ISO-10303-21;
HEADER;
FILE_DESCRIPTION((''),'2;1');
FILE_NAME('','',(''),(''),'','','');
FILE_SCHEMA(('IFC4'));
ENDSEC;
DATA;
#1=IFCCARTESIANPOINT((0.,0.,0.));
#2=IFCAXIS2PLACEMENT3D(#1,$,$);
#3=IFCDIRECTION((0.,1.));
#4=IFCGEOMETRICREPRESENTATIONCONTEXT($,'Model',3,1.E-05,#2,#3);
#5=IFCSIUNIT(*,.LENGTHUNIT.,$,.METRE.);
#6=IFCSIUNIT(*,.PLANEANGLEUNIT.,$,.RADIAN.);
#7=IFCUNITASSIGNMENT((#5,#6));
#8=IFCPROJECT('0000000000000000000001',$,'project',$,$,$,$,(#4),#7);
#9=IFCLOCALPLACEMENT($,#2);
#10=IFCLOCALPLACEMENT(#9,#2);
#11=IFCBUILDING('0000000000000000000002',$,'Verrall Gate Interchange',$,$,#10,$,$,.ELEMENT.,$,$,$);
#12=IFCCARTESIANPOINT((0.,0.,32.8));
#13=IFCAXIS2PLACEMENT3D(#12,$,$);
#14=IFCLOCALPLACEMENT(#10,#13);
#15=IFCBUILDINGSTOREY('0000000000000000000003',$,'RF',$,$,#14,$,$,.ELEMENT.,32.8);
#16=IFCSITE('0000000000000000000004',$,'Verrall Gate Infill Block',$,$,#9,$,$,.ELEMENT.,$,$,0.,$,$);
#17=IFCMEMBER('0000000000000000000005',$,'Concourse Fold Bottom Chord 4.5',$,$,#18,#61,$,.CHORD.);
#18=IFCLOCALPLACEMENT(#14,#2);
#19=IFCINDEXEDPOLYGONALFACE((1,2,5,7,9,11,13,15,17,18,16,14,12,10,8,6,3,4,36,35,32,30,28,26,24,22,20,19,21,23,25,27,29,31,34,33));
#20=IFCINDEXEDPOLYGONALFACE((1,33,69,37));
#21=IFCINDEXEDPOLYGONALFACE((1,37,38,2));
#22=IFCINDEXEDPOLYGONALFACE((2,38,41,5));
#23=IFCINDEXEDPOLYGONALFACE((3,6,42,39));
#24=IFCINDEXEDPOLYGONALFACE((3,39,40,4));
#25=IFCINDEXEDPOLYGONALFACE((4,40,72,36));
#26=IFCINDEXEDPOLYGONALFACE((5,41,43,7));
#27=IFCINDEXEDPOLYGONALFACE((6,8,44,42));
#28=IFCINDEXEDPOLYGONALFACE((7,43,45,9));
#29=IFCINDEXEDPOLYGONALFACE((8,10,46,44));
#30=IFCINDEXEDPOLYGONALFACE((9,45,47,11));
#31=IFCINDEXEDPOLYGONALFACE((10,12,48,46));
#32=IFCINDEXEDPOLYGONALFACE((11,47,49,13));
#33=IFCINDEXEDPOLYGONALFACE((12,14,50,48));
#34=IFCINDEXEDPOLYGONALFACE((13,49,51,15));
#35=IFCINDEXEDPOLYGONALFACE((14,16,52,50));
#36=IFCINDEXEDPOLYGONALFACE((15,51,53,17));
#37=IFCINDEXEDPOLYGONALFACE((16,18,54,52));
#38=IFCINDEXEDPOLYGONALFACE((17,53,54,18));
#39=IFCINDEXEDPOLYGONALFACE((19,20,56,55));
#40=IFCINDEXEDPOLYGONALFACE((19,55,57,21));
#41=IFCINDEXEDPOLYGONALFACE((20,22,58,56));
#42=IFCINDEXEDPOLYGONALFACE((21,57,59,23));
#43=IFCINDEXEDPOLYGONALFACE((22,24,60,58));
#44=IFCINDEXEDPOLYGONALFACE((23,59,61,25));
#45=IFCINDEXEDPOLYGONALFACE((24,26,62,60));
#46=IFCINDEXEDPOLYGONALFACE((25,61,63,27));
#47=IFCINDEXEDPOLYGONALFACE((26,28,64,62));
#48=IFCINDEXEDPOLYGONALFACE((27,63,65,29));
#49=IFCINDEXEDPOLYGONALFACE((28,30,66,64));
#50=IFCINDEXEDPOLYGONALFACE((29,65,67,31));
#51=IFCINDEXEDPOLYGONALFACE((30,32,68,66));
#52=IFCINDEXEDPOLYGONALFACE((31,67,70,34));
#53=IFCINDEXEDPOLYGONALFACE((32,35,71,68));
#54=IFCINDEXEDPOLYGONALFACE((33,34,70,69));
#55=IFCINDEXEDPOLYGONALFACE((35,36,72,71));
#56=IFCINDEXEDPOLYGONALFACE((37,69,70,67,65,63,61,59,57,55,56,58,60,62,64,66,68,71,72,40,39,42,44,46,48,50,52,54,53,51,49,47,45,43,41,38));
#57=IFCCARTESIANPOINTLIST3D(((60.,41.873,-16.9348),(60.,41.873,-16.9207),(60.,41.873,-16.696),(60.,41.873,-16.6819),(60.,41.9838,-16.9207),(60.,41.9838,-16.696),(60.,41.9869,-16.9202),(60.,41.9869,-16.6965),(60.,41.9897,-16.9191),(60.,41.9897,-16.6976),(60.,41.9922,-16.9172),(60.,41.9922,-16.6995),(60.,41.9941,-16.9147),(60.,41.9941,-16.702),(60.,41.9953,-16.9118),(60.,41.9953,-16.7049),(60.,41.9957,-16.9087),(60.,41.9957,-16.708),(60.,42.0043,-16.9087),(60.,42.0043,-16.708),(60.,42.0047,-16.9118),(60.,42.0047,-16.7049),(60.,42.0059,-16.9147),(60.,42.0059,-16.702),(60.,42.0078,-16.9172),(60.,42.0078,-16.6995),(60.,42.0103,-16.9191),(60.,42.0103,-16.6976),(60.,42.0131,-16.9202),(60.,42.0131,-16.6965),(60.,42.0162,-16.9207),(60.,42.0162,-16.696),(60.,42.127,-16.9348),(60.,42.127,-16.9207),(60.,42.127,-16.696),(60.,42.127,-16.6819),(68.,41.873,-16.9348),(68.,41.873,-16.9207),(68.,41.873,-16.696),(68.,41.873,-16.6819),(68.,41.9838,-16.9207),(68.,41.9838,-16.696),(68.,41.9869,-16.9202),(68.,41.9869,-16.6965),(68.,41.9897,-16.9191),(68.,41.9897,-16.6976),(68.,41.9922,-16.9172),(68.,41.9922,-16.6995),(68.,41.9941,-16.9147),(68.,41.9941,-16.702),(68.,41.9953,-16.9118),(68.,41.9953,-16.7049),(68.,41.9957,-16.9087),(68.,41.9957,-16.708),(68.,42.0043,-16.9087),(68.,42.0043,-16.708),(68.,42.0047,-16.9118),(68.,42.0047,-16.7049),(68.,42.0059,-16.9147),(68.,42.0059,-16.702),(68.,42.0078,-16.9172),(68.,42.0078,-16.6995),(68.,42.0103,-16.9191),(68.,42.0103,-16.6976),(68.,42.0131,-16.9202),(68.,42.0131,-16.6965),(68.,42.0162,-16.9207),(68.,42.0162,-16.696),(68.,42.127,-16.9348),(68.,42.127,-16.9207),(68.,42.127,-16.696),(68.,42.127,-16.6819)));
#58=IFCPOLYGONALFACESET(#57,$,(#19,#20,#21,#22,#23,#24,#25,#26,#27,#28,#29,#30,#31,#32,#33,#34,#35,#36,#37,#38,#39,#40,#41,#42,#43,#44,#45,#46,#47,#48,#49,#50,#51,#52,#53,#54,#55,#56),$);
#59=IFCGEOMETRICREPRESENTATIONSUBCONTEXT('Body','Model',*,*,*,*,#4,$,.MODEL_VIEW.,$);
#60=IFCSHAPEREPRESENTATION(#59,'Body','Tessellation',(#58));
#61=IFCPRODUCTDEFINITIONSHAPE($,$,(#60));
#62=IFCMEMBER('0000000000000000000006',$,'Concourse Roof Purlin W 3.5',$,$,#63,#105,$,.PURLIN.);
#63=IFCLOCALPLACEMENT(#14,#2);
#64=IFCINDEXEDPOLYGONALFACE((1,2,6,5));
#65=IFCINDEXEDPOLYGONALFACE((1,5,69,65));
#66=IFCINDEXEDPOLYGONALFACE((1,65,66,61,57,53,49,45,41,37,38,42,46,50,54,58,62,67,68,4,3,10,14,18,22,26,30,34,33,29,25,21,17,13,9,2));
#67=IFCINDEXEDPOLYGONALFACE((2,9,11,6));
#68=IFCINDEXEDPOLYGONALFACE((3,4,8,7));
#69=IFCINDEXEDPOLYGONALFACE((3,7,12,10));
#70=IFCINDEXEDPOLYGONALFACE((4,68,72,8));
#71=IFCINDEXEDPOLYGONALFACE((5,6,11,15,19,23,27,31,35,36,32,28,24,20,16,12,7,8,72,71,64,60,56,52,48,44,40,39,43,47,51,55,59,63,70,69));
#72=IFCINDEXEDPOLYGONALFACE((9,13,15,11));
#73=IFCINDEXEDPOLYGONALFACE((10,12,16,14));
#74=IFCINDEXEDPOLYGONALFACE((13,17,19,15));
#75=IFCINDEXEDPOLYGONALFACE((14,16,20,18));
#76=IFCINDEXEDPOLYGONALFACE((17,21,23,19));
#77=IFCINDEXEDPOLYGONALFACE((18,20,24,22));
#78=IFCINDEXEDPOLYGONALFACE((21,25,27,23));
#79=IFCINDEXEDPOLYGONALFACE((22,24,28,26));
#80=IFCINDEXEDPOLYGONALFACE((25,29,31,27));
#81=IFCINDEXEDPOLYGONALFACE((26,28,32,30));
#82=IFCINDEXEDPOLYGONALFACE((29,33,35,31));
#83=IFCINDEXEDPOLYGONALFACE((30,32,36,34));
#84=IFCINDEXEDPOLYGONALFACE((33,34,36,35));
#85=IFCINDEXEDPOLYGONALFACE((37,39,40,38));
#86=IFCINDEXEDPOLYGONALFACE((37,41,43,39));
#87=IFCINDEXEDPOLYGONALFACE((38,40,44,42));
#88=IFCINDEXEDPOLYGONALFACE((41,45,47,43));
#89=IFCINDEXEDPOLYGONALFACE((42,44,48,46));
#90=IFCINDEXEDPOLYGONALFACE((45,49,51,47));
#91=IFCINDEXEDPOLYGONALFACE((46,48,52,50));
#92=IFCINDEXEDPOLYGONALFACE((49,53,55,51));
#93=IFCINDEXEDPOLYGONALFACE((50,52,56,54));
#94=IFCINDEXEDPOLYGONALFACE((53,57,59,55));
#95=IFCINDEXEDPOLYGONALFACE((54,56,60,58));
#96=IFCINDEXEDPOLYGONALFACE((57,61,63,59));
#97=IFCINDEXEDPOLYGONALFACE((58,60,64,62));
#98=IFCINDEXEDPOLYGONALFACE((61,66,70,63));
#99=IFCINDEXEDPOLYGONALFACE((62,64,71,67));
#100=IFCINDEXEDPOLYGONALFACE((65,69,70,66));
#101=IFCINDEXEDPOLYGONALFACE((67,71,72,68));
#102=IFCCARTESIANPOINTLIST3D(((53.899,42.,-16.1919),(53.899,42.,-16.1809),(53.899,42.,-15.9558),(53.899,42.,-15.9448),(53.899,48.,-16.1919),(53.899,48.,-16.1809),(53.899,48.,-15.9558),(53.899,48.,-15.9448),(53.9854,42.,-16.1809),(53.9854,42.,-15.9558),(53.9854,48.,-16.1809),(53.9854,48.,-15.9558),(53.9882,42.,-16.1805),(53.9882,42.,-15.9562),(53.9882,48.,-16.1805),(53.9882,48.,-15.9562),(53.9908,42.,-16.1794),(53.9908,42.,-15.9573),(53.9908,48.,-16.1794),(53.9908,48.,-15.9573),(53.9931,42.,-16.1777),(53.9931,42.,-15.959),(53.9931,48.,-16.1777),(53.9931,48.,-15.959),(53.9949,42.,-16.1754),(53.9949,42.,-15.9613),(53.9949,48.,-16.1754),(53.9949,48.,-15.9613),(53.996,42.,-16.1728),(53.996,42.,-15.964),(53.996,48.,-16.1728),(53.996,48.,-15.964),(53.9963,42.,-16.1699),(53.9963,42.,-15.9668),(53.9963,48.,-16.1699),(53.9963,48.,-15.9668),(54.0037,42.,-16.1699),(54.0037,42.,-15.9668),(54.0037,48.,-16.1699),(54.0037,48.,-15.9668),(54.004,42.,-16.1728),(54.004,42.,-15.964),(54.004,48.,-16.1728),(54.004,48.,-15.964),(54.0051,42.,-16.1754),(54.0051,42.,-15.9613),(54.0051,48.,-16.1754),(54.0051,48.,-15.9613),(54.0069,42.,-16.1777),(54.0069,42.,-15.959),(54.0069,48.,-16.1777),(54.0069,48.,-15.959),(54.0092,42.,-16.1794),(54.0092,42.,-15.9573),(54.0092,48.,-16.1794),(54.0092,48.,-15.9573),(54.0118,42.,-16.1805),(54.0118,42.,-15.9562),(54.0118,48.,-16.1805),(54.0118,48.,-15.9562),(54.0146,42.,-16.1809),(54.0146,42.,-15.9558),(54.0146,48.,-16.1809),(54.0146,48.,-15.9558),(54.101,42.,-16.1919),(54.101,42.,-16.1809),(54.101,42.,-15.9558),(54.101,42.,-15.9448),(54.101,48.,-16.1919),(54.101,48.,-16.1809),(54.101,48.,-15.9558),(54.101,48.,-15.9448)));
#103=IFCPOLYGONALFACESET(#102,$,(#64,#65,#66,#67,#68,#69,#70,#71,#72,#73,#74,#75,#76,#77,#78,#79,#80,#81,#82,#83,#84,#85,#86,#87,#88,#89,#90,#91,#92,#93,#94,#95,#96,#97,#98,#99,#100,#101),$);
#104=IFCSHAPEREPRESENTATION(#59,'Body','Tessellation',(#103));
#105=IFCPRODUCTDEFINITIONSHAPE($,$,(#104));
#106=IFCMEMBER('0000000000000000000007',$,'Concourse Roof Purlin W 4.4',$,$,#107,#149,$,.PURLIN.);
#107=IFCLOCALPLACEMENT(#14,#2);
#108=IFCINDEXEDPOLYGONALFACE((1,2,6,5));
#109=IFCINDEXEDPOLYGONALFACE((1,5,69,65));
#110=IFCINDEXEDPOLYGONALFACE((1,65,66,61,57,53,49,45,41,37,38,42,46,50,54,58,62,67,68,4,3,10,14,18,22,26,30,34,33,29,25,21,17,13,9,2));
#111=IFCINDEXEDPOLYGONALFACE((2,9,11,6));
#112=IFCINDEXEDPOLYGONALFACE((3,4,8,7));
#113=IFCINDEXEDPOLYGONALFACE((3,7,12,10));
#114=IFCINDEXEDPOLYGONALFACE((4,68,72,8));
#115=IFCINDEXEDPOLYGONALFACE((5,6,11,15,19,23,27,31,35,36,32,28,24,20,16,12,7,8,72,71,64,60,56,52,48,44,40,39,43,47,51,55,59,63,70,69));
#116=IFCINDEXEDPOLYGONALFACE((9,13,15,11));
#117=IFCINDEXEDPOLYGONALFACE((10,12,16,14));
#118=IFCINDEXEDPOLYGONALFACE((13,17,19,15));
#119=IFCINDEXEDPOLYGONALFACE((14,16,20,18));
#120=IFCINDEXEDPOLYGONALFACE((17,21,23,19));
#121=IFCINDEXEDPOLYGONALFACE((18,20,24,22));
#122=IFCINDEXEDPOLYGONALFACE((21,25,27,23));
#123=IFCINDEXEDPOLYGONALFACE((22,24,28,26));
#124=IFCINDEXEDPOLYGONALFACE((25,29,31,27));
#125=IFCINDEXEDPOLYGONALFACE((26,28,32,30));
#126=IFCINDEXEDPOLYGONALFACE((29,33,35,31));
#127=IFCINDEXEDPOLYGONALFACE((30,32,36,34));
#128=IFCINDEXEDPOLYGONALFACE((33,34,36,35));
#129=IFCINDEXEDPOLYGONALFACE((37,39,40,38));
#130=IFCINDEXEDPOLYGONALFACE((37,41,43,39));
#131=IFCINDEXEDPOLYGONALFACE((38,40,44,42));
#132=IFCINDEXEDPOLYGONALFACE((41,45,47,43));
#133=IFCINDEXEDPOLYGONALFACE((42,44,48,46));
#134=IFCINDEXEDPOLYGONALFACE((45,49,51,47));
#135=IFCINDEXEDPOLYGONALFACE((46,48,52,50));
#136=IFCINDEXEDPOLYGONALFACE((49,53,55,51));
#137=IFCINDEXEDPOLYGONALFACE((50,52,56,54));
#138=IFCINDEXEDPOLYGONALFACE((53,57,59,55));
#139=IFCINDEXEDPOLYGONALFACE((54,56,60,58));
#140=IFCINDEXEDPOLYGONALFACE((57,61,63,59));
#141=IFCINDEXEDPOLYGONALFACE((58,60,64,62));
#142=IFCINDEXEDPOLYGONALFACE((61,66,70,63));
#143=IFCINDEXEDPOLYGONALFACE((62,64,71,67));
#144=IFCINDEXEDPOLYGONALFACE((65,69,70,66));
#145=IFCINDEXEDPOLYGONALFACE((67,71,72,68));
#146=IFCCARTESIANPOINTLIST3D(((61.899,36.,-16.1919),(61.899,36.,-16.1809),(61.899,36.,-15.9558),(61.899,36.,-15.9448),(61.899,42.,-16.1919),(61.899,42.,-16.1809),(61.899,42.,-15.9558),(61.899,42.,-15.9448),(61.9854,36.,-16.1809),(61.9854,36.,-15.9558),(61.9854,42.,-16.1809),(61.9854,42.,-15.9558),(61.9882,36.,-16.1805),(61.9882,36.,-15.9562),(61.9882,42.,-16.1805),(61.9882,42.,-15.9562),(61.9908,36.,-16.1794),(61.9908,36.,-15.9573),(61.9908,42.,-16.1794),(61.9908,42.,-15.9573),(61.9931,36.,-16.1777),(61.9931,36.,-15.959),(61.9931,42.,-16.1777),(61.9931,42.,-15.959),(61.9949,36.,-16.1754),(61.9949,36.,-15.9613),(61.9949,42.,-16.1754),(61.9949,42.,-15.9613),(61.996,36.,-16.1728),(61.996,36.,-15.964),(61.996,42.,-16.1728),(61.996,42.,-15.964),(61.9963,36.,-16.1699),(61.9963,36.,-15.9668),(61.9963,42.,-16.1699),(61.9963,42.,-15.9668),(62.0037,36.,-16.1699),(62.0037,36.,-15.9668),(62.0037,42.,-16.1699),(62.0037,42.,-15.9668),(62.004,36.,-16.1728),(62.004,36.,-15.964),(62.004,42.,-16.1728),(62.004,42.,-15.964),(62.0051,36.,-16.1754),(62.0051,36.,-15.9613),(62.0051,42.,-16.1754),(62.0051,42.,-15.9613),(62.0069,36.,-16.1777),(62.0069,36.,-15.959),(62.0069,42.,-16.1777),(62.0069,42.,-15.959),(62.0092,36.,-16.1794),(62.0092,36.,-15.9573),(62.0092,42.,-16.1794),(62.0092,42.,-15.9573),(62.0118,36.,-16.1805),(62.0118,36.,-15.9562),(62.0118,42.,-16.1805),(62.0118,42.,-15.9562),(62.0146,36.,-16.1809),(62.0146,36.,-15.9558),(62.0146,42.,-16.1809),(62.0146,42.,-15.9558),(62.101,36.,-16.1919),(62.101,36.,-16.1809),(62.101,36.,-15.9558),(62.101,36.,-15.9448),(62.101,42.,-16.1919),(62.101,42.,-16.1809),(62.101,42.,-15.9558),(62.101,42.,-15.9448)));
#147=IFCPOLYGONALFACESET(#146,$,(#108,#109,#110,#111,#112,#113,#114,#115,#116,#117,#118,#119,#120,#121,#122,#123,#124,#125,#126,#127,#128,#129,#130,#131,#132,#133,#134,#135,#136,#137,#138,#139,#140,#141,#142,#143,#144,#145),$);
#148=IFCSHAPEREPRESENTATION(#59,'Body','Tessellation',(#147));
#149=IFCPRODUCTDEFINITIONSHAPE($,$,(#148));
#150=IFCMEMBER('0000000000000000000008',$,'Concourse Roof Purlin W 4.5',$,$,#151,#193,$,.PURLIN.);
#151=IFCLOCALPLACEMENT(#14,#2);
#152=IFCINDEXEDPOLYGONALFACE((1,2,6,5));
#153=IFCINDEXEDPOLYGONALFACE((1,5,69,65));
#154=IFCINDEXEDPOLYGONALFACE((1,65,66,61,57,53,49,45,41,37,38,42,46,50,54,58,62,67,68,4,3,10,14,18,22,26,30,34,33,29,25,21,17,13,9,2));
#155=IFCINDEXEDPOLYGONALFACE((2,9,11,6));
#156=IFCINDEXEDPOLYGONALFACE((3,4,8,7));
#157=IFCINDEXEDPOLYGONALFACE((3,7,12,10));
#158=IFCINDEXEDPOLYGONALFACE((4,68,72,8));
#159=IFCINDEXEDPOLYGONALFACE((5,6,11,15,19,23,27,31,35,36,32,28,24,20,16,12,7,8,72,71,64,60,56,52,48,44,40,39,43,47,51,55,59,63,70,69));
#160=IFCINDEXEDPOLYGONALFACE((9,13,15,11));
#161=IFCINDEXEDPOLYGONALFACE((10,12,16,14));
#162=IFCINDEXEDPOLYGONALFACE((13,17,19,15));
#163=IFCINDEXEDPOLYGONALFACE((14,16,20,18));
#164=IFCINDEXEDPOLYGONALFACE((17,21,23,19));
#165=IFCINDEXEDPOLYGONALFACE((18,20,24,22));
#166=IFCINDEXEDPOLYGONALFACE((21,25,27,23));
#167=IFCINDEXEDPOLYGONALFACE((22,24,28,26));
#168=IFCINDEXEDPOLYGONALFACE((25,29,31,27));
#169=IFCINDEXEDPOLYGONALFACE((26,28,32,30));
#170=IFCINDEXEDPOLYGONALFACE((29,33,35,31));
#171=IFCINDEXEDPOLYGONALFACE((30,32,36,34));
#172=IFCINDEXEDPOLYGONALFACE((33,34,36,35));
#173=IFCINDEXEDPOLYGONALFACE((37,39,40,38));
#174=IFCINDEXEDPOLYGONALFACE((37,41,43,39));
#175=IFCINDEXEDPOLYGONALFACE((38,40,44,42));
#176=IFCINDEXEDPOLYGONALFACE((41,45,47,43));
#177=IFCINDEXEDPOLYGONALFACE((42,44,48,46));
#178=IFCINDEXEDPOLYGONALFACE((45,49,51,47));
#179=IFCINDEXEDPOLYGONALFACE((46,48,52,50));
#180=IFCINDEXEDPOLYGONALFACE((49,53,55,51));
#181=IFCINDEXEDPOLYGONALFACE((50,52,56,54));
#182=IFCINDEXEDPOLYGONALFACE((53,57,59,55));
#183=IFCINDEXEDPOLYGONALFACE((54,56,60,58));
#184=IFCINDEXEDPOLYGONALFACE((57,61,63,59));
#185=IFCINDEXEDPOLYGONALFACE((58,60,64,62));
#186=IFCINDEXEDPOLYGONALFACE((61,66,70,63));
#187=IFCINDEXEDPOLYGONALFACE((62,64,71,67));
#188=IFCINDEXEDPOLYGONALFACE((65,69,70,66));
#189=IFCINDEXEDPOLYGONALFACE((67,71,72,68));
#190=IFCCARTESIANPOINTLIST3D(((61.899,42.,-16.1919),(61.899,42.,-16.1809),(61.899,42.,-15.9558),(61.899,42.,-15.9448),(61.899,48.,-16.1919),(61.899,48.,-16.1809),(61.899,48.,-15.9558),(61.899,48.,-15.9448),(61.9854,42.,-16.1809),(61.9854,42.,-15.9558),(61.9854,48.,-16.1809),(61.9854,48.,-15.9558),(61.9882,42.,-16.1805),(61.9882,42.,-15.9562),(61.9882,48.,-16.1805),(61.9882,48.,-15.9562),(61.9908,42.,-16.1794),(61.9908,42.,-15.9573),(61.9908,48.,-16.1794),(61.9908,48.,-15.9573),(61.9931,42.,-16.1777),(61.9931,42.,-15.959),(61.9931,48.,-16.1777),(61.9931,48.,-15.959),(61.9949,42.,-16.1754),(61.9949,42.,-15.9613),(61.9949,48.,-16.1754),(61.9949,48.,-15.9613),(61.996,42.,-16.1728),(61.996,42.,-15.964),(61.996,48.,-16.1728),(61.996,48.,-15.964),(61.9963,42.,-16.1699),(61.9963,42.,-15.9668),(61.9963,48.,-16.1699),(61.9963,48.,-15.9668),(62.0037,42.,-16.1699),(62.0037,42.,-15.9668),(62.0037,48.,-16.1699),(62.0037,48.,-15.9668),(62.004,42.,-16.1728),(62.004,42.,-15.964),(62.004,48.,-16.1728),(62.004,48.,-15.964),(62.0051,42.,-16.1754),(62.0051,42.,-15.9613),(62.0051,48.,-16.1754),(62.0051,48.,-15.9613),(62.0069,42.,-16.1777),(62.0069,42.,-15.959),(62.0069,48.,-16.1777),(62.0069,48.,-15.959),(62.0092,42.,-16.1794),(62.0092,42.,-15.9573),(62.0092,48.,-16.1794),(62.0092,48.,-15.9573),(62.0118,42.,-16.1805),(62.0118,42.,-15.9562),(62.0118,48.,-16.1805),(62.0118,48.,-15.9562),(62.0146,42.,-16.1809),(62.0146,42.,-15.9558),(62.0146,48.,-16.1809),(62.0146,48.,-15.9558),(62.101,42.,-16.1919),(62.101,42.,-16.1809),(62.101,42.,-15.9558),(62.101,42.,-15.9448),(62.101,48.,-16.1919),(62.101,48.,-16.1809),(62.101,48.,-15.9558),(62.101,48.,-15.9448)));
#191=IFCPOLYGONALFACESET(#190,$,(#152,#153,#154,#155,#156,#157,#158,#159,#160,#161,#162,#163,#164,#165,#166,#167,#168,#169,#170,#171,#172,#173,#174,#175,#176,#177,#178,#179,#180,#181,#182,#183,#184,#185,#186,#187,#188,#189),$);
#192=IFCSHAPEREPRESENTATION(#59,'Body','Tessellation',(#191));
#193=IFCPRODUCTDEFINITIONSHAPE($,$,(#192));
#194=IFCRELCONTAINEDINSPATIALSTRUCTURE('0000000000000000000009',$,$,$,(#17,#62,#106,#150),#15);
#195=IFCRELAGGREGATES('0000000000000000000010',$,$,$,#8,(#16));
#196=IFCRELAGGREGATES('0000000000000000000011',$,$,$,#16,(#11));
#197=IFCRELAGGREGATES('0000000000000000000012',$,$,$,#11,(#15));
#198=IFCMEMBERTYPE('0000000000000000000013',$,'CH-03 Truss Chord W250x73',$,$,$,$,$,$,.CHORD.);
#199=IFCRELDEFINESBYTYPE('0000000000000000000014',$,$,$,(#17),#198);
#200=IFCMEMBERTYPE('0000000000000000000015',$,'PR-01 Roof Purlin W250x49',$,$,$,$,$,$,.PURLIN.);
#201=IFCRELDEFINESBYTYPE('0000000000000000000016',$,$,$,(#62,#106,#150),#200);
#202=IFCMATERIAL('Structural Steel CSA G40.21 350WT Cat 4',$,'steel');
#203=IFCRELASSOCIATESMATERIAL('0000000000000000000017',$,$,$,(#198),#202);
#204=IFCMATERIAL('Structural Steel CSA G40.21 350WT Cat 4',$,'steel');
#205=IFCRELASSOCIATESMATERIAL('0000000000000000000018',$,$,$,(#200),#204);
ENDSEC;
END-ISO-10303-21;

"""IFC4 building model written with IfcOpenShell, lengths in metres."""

from ifc_helpers import new_model, si_unit, direction, frame, origin, origin_2d, place, context, subcontext, project, spatial, i_section, extrude, material, material_profile, profile_set, type_object, element, save


model = new_model("IFC4")

# Units and contexts
model_context = context("Model", 3, precision=1e-05, world=origin(), true_north=direction((0.0, 1.0)))
body_context = subcontext(model_context, "Body", "Model", "MODEL_VIEW")
ifc_project = project(units=[si_unit("LENGTHUNIT", "METRE"), si_unit("PLANEANGLEUNIT", "RADIAN")], contexts=[model_context])

# Site, building, storey
site_placement = place(None, origin())
site = spatial("IfcSite", under=ifc_project, at=site_placement, Name="Verrall Gate Infill Block", CompositionType="ELEMENT", RefElevation=0.0)
building_placement = place(site_placement, origin())
building = spatial("IfcBuilding", under=site, at=building_placement, Name="Verrall Gate Interchange", CompositionType="ELEMENT")
storey_placement = place(building_placement, frame((0.0, 0.0, 32.8)))
storey = spatial("IfcBuildingStorey", under=building, at=storey_placement, Name="RF", CompositionType="ELEMENT", Elevation=32.8)

# Members
ifc_material_1 = material(Name="Structural Steel CSA G40.21 350WT Cat 4", Category="steel")
ifc_material_profile_1 = material_profile(ifc_material_1, i_section(OverallWidth=0.2539, OverallDepth=0.2529, WebThickness=0.0085, FlangeThickness=0.0142, FilletRadius=0.012, at=origin_2d()), Name="W250x73")
ifc_profile_set_1 = profile_set([ifc_material_profile_1], Name="Structural Steel CSA G40.21 350WT Cat 4")
member_type_1 = type_object("IfcMemberType", Name="CH-03 Truss Chord W250x73", PredefinedType="CHORD", material=ifc_profile_set_1)
member_1_placement = place(storey_placement, frame((60.0, 42.0, -16.8083), z_axis=(1.0, 0.0, 0.0), x_axis=(0.0, 1.0, 0.0)))
element("IfcMember", 1, at=member_1_placement, inside=storey, type_object=member_type_1, Name="Concourse Fold Bottom Chord 4.5", PredefinedType="CHORD", context=body_context, shape_type="SweptSolid", body=[
    extrude(i_section(OverallWidth=0.2539, OverallDepth=0.2529, WebThickness=0.0085, FlangeThickness=0.0142, FilletRadius=0.012, at=origin_2d()), origin(), (0.0, 0.0, 1.0), 8.0),
])
ifc_material_2 = material(Name="Structural Steel CSA G40.21 350WT Cat 4", Category="steel")
ifc_material_profile_2 = material_profile(ifc_material_2, i_section(OverallWidth=0.2019, OverallDepth=0.2471, WebThickness=0.0073, FlangeThickness=0.011, FilletRadius=0.011, at=origin_2d()), Name="W250x49")
ifc_profile_set_2 = profile_set([ifc_material_profile_2], Name="Structural Steel CSA G40.21 350WT Cat 4")
member_type_2 = type_object("IfcMemberType", Name="PR-01 Roof Purlin W250x49", PredefinedType="PURLIN", material=ifc_profile_set_2)
for number, where, z_axis, x_axis, name in (
    (2, (54.0, 42.0, -16.0684), (0.0, 1.0, 0.0), (-1.0, 0.0, 0.0), "Concourse Roof Purlin W 3.5"),
    (3, (62.0, 36.0, -16.0684), (0.0, 1.0, 0.0), (-1.0, 0.0, 0.0), "Concourse Roof Purlin W 4.4"),
    (4, (62.0, 42.0, -16.0684), (0.0, 1.0, 0.0), (-1.0, 0.0, 0.0), "Concourse Roof Purlin W 4.5"),
):
    element("IfcMember", number, at=place(storey_placement, frame(where, z_axis=z_axis, x_axis=x_axis)), inside=storey, type_object=member_type_2, Name=name, PredefinedType="PURLIN", context=body_context, shape_type="SweptSolid", body=[
        extrude(i_section(OverallWidth=0.2019, OverallDepth=0.2471, WebThickness=0.0073, FlangeThickness=0.011, FilletRadius=0.011, at=origin_2d()), origin(), (0.0, 0.0, 1.0), 6.0),
    ])

save(model, "model.ifc")
